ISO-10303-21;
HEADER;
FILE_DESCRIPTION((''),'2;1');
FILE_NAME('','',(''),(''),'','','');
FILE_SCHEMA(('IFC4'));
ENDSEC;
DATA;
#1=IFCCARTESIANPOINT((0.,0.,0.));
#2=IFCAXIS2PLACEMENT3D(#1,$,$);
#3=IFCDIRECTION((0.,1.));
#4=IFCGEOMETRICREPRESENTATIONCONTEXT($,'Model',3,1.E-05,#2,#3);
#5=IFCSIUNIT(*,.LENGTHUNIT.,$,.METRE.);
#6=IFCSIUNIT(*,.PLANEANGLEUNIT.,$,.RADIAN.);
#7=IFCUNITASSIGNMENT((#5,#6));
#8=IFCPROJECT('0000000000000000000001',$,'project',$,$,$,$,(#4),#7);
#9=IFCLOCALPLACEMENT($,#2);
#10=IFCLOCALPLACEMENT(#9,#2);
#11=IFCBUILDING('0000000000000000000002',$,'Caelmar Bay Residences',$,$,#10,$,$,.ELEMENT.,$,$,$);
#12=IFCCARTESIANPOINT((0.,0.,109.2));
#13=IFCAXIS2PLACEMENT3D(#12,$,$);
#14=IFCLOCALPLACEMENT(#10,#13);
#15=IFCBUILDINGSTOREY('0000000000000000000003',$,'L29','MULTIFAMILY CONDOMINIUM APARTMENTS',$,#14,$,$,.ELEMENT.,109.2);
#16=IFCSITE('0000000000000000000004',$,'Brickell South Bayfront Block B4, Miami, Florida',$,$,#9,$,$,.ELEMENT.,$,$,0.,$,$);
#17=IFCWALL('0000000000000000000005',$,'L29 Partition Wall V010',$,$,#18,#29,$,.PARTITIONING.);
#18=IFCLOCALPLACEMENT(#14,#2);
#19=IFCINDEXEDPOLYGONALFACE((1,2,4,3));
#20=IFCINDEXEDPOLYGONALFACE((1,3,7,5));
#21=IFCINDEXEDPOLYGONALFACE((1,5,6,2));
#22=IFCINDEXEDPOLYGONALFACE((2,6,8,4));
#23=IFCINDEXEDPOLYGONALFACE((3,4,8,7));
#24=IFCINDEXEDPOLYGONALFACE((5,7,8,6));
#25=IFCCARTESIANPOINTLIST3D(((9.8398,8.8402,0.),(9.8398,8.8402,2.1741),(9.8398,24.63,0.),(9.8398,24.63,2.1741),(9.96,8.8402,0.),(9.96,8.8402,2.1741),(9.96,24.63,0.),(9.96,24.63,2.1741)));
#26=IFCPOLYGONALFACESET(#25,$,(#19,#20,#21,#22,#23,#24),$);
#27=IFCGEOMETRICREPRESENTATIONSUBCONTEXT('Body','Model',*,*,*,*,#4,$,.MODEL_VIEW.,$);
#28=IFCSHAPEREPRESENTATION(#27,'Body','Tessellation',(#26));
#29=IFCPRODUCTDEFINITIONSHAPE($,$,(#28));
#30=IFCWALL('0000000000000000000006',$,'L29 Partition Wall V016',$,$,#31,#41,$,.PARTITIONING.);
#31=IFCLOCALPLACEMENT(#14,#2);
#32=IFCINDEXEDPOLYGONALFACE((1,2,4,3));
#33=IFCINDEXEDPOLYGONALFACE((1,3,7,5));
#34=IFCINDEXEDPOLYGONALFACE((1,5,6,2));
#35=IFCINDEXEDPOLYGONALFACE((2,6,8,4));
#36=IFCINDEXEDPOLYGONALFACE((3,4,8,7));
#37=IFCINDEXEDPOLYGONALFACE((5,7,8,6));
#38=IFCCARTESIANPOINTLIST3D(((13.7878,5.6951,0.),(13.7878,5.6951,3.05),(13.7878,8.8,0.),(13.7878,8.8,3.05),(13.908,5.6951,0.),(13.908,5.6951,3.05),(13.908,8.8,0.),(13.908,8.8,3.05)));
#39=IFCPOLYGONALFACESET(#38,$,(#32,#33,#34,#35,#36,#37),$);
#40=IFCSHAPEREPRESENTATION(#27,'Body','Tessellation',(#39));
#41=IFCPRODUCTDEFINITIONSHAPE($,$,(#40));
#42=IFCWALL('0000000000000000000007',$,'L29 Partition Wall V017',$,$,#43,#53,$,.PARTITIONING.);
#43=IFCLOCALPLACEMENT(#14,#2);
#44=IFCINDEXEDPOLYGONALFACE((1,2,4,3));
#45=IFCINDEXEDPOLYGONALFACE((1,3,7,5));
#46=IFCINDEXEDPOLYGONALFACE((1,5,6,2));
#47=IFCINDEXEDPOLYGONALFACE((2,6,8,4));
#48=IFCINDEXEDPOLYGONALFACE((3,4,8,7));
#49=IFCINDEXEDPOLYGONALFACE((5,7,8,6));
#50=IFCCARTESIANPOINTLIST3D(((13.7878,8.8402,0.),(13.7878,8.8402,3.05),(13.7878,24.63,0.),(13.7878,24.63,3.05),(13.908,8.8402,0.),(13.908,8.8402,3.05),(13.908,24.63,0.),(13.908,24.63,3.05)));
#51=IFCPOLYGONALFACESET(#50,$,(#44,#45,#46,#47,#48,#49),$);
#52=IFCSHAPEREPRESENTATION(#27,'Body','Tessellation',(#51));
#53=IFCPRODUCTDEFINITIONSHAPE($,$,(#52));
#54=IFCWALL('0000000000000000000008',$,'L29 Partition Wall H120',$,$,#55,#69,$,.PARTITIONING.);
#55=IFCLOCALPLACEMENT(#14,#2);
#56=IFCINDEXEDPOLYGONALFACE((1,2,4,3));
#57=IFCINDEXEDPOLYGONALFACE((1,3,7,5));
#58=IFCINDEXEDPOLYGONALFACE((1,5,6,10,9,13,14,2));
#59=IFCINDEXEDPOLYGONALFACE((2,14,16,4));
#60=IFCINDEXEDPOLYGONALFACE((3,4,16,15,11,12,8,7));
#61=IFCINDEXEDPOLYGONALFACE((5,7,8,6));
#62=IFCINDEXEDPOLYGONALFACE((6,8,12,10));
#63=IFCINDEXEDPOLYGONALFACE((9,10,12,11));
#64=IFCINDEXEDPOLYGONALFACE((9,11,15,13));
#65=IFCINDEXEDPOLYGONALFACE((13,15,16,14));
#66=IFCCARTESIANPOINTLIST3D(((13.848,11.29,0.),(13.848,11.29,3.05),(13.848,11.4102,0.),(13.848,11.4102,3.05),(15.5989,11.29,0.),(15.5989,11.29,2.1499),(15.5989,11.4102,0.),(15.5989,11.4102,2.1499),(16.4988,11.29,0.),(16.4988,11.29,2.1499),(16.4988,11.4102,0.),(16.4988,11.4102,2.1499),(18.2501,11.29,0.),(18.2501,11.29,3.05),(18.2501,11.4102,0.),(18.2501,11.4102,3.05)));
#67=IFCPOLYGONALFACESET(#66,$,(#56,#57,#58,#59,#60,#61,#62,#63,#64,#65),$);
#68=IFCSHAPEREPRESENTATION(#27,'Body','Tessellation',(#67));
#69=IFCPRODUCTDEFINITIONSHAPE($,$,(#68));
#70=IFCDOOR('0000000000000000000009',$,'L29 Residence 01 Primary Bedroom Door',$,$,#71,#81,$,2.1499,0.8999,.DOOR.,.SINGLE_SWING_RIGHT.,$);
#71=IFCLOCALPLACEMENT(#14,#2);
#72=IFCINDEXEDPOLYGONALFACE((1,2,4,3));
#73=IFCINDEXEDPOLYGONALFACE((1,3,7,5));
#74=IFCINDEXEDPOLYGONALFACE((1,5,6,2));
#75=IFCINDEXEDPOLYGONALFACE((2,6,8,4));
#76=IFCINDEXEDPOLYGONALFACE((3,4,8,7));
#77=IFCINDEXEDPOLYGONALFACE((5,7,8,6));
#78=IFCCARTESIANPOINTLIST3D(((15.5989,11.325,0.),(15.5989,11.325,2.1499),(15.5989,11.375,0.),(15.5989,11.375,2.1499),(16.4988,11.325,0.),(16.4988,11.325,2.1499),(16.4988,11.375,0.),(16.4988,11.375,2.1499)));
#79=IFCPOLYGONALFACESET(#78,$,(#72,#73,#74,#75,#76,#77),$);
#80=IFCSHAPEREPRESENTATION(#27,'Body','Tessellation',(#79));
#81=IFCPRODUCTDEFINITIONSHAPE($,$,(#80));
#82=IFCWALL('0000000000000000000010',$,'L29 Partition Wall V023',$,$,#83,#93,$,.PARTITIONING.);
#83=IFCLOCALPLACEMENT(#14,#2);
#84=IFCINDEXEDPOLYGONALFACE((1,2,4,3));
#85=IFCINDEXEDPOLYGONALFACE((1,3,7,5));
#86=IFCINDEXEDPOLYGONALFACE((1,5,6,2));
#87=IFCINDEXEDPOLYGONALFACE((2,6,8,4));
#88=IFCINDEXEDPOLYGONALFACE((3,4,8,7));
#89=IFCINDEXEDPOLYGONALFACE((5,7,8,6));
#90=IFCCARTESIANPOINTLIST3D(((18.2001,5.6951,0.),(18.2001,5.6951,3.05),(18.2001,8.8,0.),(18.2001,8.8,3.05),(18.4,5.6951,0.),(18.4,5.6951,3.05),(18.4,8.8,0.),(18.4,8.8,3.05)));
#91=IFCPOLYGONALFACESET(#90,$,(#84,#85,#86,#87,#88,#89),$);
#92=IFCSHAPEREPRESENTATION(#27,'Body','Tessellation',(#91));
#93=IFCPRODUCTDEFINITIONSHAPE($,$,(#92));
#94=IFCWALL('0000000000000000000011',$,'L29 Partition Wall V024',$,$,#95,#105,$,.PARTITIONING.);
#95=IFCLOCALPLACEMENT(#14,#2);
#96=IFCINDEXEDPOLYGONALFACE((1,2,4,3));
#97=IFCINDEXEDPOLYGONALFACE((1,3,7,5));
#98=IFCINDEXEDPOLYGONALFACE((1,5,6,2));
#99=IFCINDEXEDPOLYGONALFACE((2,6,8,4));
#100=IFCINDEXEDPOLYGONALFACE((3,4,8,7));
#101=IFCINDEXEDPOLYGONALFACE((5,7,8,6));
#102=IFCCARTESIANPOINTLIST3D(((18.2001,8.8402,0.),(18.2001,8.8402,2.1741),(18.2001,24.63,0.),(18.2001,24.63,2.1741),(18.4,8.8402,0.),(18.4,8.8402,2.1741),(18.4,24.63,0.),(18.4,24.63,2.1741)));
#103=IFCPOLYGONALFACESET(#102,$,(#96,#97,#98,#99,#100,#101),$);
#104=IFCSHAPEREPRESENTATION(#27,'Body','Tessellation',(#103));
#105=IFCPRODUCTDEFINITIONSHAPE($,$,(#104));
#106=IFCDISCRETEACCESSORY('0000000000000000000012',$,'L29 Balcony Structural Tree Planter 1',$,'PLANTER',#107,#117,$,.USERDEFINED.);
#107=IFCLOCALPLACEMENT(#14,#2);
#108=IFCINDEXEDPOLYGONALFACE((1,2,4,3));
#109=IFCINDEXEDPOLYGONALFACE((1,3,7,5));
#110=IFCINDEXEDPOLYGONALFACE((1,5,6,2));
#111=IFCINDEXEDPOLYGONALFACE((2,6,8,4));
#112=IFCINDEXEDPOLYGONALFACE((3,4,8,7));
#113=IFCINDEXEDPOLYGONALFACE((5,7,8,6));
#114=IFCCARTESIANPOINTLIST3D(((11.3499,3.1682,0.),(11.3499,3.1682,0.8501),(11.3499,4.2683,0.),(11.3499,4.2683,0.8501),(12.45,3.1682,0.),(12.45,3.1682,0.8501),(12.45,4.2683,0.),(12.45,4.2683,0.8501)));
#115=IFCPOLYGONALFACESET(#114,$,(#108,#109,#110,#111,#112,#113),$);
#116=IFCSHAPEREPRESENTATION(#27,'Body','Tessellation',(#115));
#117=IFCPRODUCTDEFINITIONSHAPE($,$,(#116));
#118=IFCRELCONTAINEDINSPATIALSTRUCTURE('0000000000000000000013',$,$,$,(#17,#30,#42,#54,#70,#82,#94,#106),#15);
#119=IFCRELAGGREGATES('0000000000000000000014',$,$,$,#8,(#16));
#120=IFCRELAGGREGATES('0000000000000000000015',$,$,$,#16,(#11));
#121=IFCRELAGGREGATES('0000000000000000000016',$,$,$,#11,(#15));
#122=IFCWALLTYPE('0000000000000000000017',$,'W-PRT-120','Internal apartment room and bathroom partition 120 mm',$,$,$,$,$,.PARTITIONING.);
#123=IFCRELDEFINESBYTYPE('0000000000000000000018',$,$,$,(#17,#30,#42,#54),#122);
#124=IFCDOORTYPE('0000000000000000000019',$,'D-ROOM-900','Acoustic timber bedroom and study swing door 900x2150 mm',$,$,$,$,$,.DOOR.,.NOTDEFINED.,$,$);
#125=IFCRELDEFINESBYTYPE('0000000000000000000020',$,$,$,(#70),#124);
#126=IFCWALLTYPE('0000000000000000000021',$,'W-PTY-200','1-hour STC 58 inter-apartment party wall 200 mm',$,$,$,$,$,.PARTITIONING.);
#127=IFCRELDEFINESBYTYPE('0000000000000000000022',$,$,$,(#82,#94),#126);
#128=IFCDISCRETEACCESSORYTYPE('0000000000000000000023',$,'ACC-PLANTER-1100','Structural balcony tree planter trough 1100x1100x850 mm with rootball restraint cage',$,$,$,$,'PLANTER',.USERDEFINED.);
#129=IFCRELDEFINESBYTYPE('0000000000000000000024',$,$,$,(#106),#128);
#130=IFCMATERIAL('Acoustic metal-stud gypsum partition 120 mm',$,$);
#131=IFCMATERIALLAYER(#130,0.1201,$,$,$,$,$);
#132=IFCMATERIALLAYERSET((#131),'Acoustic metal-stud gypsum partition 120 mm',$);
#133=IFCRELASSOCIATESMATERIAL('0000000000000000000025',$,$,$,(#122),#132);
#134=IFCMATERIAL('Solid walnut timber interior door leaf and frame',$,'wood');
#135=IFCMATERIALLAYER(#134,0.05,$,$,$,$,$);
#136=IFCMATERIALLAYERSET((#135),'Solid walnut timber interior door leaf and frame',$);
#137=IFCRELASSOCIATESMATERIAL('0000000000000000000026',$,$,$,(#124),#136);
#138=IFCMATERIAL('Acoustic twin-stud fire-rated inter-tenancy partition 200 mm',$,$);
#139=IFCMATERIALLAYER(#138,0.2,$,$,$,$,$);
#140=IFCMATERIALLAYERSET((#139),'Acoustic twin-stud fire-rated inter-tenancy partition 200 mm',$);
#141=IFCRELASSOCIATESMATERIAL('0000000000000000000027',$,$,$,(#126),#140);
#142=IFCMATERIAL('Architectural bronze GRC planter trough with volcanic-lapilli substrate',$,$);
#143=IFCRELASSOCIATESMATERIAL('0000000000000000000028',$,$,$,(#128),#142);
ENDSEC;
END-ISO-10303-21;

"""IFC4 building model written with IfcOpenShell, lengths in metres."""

from ifc_helpers import new_model, si_unit, direction, frame, frame_2d, origin, origin_2d, place, context, subcontext, project, spatial, rectangle, extrude, material, layer, layer_set, type_object, element, fill, save


model = new_model("IFC4")

# Units and contexts
model_context = context("Model", 3, precision=1e-05, world=origin(), true_north=direction((0.0, 1.0)))
body_context = subcontext(model_context, "Body", "Model", "MODEL_VIEW")
ifc_project = project(units=[si_unit("LENGTHUNIT", "METRE"), si_unit("PLANEANGLEUNIT", "RADIAN")], contexts=[model_context])

# Site, building, storey
site_placement = place(None, origin())
site = spatial("IfcSite", under=ifc_project, at=site_placement, Name="Brickell South Bayfront Block B4, Miami, Florida", CompositionType="ELEMENT", RefElevation=0.0)
building_placement = place(site_placement, origin())
building = spatial("IfcBuilding", under=site, at=building_placement, Name="Caelmar Bay Residences", CompositionType="ELEMENT")
storey_placement = place(building_placement, frame((0.0, 0.0, 109.2)))
storey = spatial("IfcBuildingStorey", under=building, at=storey_placement, Name="L29", Description="MULTIFAMILY CONDOMINIUM APARTMENTS", CompositionType="ELEMENT", Elevation=109.2)

# Shared definitions
ifc_material_1 = material(Name="Acoustic metal-stud gypsum partition 120 mm")
ifc_layer_1 = layer(ifc_material_1, 0.1201)
ifc_layer_set_1 = layer_set([ifc_layer_1], Name="Acoustic metal-stud gypsum partition 120 mm")
wall_type_1 = type_object("IfcWallType", Name="W-PRT-120", Description="Internal apartment room and bathroom partition 120 mm", PredefinedType="PARTITIONING", material=ifc_layer_set_1)
ifc_material_2 = material(Name="Solid walnut timber interior door leaf and frame", Category="wood")
ifc_layer_2 = layer(ifc_material_2, 0.05)
ifc_layer_set_2 = layer_set([ifc_layer_2], Name="Solid walnut timber interior door leaf and frame")
door_type = type_object("IfcDoorType", Name="D-ROOM-900", Description="Acoustic timber bedroom and study swing door 900x2150 mm", OperationType="NOTDEFINED", PredefinedType="DOOR", material=ifc_layer_set_2)

# Walls
wall_1_placement = place(storey_placement, frame((9.8999, 8.8401, 0.0), z_axis=(0.0, 0.0, 1.0), x_axis=(0.0, 1.0, 0.0)))
element("IfcWall", 1, at=wall_1_placement, inside=storey, type_object=wall_type_1, Name="L29 Partition Wall V010", PredefinedType="PARTITIONING", context=body_context, shape_type="SweptSolid", body=[
    extrude(rectangle(XDim=15.7898, YDim=0.1201, at=frame_2d((7.895, 0.0))), origin(), (0.0, 0.0, 1.0), 2.1741),
])
wall_2_placement = place(storey_placement, frame((13.8479, 5.6951, 0.0), z_axis=(0.0, 0.0, 1.0), x_axis=(0.0, 1.0, 0.0)))
element("IfcWall", 2, at=wall_2_placement, inside=storey, type_object=wall_type_1, Name="L29 Partition Wall V016", PredefinedType="PARTITIONING", context=body_context, shape_type="SweptSolid", body=[
    extrude(rectangle(XDim=3.105, YDim=0.1201, at=frame_2d((1.5525, 0.0))), origin(), (0.0, 0.0, 1.0), 3.05),
])
wall_3_placement = place(storey_placement, frame((13.8479, 8.8401, 0.0), z_axis=(0.0, 0.0, 1.0), x_axis=(0.0, 1.0, 0.0)))
element("IfcWall", 3, at=wall_3_placement, inside=storey, type_object=wall_type_1, Name="L29 Partition Wall V017", PredefinedType="PARTITIONING", context=body_context, shape_type="SweptSolid", body=[
    extrude(rectangle(XDim=15.7898, YDim=0.1201, at=frame_2d((7.895, 0.0))), origin(), (0.0, 0.0, 1.0), 3.05),
])

# Wall, opening, door
wall_4_placement = place(storey_placement, frame((13.8479, 11.3501, 0.0), z_axis=(0.0, 0.0, 1.0), x_axis=(1.0, 0.0, 0.0)))
wall_4 = element("IfcWall", 4, at=wall_4_placement, inside=storey, type_object=wall_type_1, Name="L29 Partition Wall H120", PredefinedType="PARTITIONING", context=body_context, shape_type="SweptSolid", body=[
    extrude(rectangle(XDim=4.4021, YDim=0.1201, at=frame_2d((2.2012, 0.0))), origin(), (0.0, 0.0, 1.0), 3.05),
])
opening_1_placement = place(wall_4_placement, frame((1.751, 0.0, 0.0)))
opening_1 = element("IfcOpeningElement", 5, at=opening_1_placement, cuts=wall_4, PredefinedType="OPENING", context=body_context, shape_type="SweptSolid", body=[
    extrude(rectangle(XDim=0.8999, YDim=2.1499, at=frame_2d((0.45, 1.075))), frame((0.0, 0.0701, 0.0), z_axis=(0.0, -1.0, 0.0), x_axis=(1.0, 0.0, 0.0)), (0.0, 0.0, 1.0), 0.1401),
])
door_1_placement = place(opening_1_placement, origin())
door_1 = element("IfcDoor", 6, at=door_1_placement, inside=storey, type_object=door_type, Name="L29 Residence 01 Primary Bedroom Door", OperationType="SINGLE_SWING_RIGHT", OverallHeight=2.1499, OverallWidth=0.8999, PredefinedType="DOOR", context=body_context, shape_type="SweptSolid", body=[
    extrude(rectangle(XDim=0.8999, YDim=2.1499, at=frame_2d((0.45, 1.075))), frame((0.0, 0.0249, 0.0), z_axis=(0.0, -1.0, 0.0), x_axis=(1.0, 0.0, 0.0)), (0.0, 0.0, 1.0), 0.05),
])
fill(opening_1, door_1)

# Walls
ifc_material_3 = material(Name="Acoustic twin-stud fire-rated inter-tenancy partition 200 mm")
ifc_layer_3 = layer(ifc_material_3, 0.2)
ifc_layer_set_3 = layer_set([ifc_layer_3], Name="Acoustic twin-stud fire-rated inter-tenancy partition 200 mm")
wall_type_2 = type_object("IfcWallType", Name="W-PTY-200", Description="1-hour STC 58 inter-apartment party wall 200 mm", PredefinedType="PARTITIONING", material=ifc_layer_set_3)
wall_5_placement = place(storey_placement, frame((18.3, 5.6951, 0.0), z_axis=(0.0, 0.0, 1.0), x_axis=(0.0, 1.0, 0.0)))
element("IfcWall", 7, at=wall_5_placement, inside=storey, type_object=wall_type_2, Name="L29 Partition Wall V023", PredefinedType="PARTITIONING", context=body_context, shape_type="SweptSolid", body=[
    extrude(rectangle(XDim=3.105, YDim=0.2, at=frame_2d((1.5525, 0.0))), origin(), (0.0, 0.0, 1.0), 3.05),
])
wall_6_placement = place(storey_placement, frame((18.3, 8.8401, 0.0), z_axis=(0.0, 0.0, 1.0), x_axis=(0.0, 1.0, 0.0)))
element("IfcWall", 8, at=wall_6_placement, inside=storey, type_object=wall_type_2, Name="L29 Partition Wall V024", PredefinedType="PARTITIONING", context=body_context, shape_type="SweptSolid", body=[
    extrude(rectangle(XDim=15.7898, YDim=0.2, at=frame_2d((7.895, 0.0))), origin(), (0.0, 0.0, 1.0), 2.1741),
])

# Discrete accessory
ifc_material_4 = material(Name="Architectural bronze GRC planter trough with volcanic-lapilli substrate")
discrete_accessory_type = type_object("IfcDiscreteAccessoryType", Name="ACC-PLANTER-1100", Description="Structural balcony tree planter trough 1100x1100x850 mm with rootball restraint cage", ElementType="PLANTER", PredefinedType="USERDEFINED", material=ifc_material_4)
discrete_accessory_placement = place(storey_placement, frame((11.8999, 3.7183, 0.0), z_axis=(0.0, 0.0, 1.0), x_axis=(1.0, 0.0, 0.0)))
element("IfcDiscreteAccessory", 9, at=discrete_accessory_placement, inside=storey, type_object=discrete_accessory_type, Name="L29 Balcony Structural Tree Planter 1", ObjectType="PLANTER", PredefinedType="USERDEFINED", context=body_context, shape_type="SweptSolid", body=[
    extrude(rectangle(XDim=1.1001, YDim=1.1001, at=origin_2d()), origin(), (0.0, 0.0, 1.0), 0.8501),
])

save(model, "model.ifc")
